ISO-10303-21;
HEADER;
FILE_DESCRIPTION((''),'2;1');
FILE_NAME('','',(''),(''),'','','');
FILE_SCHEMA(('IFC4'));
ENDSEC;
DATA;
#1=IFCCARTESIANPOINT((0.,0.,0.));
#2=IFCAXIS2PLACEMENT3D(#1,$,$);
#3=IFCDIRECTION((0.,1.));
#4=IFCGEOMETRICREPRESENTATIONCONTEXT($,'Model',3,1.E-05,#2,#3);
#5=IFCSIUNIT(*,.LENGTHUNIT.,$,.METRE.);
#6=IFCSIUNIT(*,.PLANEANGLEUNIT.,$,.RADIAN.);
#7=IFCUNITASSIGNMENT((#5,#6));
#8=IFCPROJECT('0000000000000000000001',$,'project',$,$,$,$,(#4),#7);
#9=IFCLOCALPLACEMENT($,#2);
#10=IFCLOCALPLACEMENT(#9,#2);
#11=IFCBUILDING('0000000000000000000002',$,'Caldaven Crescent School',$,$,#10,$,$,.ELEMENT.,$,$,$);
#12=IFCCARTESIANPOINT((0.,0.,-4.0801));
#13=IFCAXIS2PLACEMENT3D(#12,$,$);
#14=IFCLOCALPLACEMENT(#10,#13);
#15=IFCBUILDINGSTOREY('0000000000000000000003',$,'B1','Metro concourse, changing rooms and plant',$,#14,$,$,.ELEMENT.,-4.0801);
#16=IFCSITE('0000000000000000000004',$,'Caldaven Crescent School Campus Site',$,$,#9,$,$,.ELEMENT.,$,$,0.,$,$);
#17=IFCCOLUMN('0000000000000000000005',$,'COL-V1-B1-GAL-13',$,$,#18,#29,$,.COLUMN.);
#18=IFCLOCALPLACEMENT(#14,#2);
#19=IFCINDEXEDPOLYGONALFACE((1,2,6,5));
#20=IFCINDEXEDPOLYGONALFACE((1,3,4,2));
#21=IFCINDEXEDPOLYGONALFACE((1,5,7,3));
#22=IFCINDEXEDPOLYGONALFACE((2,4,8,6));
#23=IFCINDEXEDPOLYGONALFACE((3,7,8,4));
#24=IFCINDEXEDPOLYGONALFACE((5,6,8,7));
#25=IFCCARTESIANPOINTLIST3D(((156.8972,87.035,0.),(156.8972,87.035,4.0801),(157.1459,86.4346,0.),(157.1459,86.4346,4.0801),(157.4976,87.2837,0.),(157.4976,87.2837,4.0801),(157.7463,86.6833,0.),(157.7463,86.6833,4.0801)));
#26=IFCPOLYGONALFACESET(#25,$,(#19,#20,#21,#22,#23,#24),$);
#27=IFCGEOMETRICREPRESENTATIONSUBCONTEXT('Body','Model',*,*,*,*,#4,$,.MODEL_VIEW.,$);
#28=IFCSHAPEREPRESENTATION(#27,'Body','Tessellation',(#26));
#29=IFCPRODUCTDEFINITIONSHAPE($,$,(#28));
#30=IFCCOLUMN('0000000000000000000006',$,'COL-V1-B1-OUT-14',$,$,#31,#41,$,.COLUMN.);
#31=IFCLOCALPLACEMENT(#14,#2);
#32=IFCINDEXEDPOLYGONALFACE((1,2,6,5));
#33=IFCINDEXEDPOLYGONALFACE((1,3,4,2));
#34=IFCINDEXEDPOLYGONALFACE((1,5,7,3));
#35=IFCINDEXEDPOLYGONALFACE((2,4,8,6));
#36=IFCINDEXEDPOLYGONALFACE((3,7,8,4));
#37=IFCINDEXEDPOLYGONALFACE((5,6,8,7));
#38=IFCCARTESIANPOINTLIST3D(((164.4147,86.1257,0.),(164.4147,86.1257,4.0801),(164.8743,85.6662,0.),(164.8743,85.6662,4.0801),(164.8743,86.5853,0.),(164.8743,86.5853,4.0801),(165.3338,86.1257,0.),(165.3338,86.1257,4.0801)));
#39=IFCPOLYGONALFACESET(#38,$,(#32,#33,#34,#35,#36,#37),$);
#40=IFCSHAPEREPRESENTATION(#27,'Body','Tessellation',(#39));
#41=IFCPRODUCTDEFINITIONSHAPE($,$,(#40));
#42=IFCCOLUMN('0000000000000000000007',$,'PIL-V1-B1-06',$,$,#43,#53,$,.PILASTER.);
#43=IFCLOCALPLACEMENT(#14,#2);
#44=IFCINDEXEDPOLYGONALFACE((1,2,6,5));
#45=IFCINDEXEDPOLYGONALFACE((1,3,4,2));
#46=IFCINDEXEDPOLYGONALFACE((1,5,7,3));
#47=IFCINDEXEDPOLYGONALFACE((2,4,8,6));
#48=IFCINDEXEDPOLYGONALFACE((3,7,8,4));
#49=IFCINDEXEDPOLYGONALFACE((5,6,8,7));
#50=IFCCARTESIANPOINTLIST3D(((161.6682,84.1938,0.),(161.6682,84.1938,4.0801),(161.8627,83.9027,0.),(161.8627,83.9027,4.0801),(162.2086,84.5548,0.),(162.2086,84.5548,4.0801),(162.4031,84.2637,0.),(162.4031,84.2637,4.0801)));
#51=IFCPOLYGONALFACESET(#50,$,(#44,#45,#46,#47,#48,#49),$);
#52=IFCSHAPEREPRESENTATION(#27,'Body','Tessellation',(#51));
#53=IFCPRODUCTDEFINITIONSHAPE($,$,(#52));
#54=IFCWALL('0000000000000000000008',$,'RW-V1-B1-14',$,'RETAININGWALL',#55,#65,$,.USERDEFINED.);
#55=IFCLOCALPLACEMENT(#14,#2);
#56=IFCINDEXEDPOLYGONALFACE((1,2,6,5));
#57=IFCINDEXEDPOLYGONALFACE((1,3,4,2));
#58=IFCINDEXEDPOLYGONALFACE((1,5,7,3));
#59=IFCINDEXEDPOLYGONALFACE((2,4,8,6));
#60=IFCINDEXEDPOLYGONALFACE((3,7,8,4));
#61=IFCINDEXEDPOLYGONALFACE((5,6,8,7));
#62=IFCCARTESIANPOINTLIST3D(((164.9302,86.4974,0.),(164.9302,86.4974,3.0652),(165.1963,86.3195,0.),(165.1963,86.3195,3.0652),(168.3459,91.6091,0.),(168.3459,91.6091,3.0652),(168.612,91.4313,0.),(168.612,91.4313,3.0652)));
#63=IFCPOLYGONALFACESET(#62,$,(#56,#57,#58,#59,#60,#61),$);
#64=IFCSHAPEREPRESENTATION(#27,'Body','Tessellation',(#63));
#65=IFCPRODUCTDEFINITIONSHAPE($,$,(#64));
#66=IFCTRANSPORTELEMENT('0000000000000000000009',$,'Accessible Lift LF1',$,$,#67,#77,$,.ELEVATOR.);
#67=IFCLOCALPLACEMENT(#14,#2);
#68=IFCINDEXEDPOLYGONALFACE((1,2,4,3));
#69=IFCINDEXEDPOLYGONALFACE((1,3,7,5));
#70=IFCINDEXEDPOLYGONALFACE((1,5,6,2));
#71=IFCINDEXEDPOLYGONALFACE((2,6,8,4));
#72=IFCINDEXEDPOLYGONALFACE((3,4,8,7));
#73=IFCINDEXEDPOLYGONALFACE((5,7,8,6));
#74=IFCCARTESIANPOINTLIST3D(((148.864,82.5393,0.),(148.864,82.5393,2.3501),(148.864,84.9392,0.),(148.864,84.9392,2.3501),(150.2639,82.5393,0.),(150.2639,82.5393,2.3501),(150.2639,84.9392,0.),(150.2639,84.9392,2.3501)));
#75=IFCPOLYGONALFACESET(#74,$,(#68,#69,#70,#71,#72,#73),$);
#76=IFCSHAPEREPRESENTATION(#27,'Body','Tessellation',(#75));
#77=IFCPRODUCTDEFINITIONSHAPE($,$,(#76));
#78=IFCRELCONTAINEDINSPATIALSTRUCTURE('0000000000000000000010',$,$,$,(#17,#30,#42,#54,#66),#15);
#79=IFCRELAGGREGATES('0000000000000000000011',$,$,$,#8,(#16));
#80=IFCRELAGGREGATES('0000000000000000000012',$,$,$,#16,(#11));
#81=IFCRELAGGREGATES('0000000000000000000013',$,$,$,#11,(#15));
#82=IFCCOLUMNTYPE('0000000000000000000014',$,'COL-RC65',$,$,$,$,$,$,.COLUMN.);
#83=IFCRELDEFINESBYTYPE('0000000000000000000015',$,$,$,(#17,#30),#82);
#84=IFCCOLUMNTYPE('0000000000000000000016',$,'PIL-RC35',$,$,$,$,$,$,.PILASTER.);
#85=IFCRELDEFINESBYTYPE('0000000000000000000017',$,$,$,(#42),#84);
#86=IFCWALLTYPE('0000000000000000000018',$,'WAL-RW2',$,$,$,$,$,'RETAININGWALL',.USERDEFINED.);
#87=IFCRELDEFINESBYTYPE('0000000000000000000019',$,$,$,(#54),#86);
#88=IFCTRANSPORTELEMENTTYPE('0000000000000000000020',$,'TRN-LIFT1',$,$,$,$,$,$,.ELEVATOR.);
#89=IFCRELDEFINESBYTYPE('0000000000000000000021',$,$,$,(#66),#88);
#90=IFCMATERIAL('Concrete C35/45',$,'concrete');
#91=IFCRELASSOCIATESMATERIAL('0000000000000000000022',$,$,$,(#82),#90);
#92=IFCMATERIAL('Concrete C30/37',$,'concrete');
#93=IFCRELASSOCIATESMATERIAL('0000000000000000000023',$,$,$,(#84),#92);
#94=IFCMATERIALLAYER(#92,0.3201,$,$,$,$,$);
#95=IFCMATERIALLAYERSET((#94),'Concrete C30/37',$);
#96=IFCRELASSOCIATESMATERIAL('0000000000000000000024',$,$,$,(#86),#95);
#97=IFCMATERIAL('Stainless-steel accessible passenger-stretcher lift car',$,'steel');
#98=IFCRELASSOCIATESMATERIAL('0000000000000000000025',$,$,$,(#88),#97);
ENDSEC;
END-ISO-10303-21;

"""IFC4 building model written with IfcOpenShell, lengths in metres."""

from ifc_helpers import new_model, si_unit, direction, frame, frame_2d, origin, origin_2d, place, context, subcontext, project, spatial, rectangle, extrude, material, layer, layer_set, material_profile, profile_set, type_object, element, save


model = new_model("IFC4")

# Units and contexts
model_context = context("Model", 3, precision=1e-05, world=origin(), true_north=direction((0.0, 1.0)))
body_context = subcontext(model_context, "Body", "Model", "MODEL_VIEW")
ifc_project = project(units=[si_unit("LENGTHUNIT", "METRE"), si_unit("PLANEANGLEUNIT", "RADIAN")], contexts=[model_context])

# Site, building, storey
site_placement = place(None, origin())
site = spatial("IfcSite", under=ifc_project, at=site_placement, Name="Caldaven Crescent School Campus Site", CompositionType="ELEMENT", RefElevation=0.0)
building_placement = place(site_placement, origin())
building = spatial("IfcBuilding", under=site, at=building_placement, Name="Caldaven Crescent School", CompositionType="ELEMENT")
storey_placement = place(building_placement, frame((0.0, 0.0, -4.0801)))
storey = spatial("IfcBuildingStorey", under=building, at=storey_placement, Name="B1", Description="Metro concourse, changing rooms and plant", CompositionType="ELEMENT", Elevation=-4.0801)

# Shared definitions
ifc_material_1 = material(Name="Concrete C30/37", Category="concrete")
ifc_material_2 = material(Name="Concrete C35/45", Category="concrete")

# Columns
ifc_material_profile_1 = material_profile(ifc_material_2, rectangle(XDim=0.6499, YDim=0.6499, at=origin_2d()), Name="RC 650x650")
ifc_profile_set_1 = profile_set([ifc_material_profile_1], Name="Concrete C35/45")
column_type_1 = type_object("IfcColumnType", Name="COL-RC65", PredefinedType="COLUMN", material=ifc_profile_set_1)
for number, where, z_axis, x_axis, name in (
    (1, (157.3218, 86.8591, 0.0), (0.0, 0.0, 1.0), (0.382683, -0.92388, 0.0), "COL-V1-B1-GAL-13"),
    (2, (164.8743, 86.1257, 0.0), (0.0, 0.0, 1.0), (0.707107, -0.707107, 0.0), "COL-V1-B1-OUT-14"),
):
    element("IfcColumn", number, at=place(storey_placement, frame(where, z_axis=z_axis, x_axis=x_axis)), inside=storey, type_object=column_type_1, Name=name, PredefinedType="COLUMN", context=body_context, shape_type="SweptSolid", body=[
        extrude(rectangle(XDim=0.6499, YDim=0.6499, at=origin_2d()), origin(), (0.0, 0.0, 1.0), 4.0801),
    ])
ifc_material_profile_2 = material_profile(ifc_material_1, rectangle(XDim=0.3501, YDim=0.6499, at=origin_2d()), Name="RC 350x650")
ifc_profile_set_2 = profile_set([ifc_material_profile_2], Name="Concrete C30/37")
column_type_2 = type_object("IfcColumnType", Name="PIL-RC35", PredefinedType="PILASTER", material=ifc_profile_set_2)
column_placement = place(storey_placement, frame((162.0356, 84.2288, 0.0), z_axis=(0.0, 0.0, 1.0), x_axis=(0.55557, -0.83147, 0.0)))
element("IfcColumn", 3, at=column_placement, inside=storey, type_object=column_type_2, Name="PIL-V1-B1-06", PredefinedType="PILASTER", context=body_context, shape_type="SweptSolid", body=[
    extrude(rectangle(XDim=0.3501, YDim=0.6499, at=origin_2d()), origin(), (0.0, 0.0, 1.0), 4.0801),
])

# Wall
ifc_layer = layer(ifc_material_1, 0.3201)
ifc_layer_set = layer_set([ifc_layer], Name="Concrete C30/37")
wall_type = type_object("IfcWallType", Name="WAL-RW2", ElementType="RETAININGWALL", PredefinedType="USERDEFINED", material=ifc_layer_set)
wall_placement = place(storey_placement, frame((165.0632, 86.4084, 0.0), z_axis=(0.0, 0.0, 1.0), x_axis=(0.555589, 0.831457, 0.0)))
element("IfcWall", 4, at=wall_placement, inside=storey, type_object=wall_type, Name="RW-V1-B1-14", ObjectType="RETAININGWALL", PredefinedType="USERDEFINED", context=body_context, shape_type="SweptSolid", body=[
    extrude(rectangle(XDim=6.1479, YDim=0.3201, at=frame_2d((3.074, 0.0))), origin(), (0.0, 0.0, 1.0), 3.0652),
])

# Transport element
ifc_material_3 = material(Name="Stainless-steel accessible passenger-stretcher lift car", Category="steel")
transport_element_type = type_object("IfcTransportElementType", Name="TRN-LIFT1", PredefinedType="ELEVATOR", material=ifc_material_3)
transport_element_placement = place(storey_placement, frame((149.564, 83.7393, 0.0), z_axis=(0.0, 0.0, 1.0), x_axis=(1.0, 0.0, 0.0)))
element("IfcTransportElement", 5, at=transport_element_placement, inside=storey, type_object=transport_element_type, Name="Accessible Lift LF1", PredefinedType="ELEVATOR", context=body_context, shape_type="SweptSolid", body=[
    extrude(rectangle(XDim=1.3999, YDim=2.3999, at=origin_2d()), origin(), (0.0, 0.0, 1.0), 2.3501),
])

save(model, "model.ifc")
